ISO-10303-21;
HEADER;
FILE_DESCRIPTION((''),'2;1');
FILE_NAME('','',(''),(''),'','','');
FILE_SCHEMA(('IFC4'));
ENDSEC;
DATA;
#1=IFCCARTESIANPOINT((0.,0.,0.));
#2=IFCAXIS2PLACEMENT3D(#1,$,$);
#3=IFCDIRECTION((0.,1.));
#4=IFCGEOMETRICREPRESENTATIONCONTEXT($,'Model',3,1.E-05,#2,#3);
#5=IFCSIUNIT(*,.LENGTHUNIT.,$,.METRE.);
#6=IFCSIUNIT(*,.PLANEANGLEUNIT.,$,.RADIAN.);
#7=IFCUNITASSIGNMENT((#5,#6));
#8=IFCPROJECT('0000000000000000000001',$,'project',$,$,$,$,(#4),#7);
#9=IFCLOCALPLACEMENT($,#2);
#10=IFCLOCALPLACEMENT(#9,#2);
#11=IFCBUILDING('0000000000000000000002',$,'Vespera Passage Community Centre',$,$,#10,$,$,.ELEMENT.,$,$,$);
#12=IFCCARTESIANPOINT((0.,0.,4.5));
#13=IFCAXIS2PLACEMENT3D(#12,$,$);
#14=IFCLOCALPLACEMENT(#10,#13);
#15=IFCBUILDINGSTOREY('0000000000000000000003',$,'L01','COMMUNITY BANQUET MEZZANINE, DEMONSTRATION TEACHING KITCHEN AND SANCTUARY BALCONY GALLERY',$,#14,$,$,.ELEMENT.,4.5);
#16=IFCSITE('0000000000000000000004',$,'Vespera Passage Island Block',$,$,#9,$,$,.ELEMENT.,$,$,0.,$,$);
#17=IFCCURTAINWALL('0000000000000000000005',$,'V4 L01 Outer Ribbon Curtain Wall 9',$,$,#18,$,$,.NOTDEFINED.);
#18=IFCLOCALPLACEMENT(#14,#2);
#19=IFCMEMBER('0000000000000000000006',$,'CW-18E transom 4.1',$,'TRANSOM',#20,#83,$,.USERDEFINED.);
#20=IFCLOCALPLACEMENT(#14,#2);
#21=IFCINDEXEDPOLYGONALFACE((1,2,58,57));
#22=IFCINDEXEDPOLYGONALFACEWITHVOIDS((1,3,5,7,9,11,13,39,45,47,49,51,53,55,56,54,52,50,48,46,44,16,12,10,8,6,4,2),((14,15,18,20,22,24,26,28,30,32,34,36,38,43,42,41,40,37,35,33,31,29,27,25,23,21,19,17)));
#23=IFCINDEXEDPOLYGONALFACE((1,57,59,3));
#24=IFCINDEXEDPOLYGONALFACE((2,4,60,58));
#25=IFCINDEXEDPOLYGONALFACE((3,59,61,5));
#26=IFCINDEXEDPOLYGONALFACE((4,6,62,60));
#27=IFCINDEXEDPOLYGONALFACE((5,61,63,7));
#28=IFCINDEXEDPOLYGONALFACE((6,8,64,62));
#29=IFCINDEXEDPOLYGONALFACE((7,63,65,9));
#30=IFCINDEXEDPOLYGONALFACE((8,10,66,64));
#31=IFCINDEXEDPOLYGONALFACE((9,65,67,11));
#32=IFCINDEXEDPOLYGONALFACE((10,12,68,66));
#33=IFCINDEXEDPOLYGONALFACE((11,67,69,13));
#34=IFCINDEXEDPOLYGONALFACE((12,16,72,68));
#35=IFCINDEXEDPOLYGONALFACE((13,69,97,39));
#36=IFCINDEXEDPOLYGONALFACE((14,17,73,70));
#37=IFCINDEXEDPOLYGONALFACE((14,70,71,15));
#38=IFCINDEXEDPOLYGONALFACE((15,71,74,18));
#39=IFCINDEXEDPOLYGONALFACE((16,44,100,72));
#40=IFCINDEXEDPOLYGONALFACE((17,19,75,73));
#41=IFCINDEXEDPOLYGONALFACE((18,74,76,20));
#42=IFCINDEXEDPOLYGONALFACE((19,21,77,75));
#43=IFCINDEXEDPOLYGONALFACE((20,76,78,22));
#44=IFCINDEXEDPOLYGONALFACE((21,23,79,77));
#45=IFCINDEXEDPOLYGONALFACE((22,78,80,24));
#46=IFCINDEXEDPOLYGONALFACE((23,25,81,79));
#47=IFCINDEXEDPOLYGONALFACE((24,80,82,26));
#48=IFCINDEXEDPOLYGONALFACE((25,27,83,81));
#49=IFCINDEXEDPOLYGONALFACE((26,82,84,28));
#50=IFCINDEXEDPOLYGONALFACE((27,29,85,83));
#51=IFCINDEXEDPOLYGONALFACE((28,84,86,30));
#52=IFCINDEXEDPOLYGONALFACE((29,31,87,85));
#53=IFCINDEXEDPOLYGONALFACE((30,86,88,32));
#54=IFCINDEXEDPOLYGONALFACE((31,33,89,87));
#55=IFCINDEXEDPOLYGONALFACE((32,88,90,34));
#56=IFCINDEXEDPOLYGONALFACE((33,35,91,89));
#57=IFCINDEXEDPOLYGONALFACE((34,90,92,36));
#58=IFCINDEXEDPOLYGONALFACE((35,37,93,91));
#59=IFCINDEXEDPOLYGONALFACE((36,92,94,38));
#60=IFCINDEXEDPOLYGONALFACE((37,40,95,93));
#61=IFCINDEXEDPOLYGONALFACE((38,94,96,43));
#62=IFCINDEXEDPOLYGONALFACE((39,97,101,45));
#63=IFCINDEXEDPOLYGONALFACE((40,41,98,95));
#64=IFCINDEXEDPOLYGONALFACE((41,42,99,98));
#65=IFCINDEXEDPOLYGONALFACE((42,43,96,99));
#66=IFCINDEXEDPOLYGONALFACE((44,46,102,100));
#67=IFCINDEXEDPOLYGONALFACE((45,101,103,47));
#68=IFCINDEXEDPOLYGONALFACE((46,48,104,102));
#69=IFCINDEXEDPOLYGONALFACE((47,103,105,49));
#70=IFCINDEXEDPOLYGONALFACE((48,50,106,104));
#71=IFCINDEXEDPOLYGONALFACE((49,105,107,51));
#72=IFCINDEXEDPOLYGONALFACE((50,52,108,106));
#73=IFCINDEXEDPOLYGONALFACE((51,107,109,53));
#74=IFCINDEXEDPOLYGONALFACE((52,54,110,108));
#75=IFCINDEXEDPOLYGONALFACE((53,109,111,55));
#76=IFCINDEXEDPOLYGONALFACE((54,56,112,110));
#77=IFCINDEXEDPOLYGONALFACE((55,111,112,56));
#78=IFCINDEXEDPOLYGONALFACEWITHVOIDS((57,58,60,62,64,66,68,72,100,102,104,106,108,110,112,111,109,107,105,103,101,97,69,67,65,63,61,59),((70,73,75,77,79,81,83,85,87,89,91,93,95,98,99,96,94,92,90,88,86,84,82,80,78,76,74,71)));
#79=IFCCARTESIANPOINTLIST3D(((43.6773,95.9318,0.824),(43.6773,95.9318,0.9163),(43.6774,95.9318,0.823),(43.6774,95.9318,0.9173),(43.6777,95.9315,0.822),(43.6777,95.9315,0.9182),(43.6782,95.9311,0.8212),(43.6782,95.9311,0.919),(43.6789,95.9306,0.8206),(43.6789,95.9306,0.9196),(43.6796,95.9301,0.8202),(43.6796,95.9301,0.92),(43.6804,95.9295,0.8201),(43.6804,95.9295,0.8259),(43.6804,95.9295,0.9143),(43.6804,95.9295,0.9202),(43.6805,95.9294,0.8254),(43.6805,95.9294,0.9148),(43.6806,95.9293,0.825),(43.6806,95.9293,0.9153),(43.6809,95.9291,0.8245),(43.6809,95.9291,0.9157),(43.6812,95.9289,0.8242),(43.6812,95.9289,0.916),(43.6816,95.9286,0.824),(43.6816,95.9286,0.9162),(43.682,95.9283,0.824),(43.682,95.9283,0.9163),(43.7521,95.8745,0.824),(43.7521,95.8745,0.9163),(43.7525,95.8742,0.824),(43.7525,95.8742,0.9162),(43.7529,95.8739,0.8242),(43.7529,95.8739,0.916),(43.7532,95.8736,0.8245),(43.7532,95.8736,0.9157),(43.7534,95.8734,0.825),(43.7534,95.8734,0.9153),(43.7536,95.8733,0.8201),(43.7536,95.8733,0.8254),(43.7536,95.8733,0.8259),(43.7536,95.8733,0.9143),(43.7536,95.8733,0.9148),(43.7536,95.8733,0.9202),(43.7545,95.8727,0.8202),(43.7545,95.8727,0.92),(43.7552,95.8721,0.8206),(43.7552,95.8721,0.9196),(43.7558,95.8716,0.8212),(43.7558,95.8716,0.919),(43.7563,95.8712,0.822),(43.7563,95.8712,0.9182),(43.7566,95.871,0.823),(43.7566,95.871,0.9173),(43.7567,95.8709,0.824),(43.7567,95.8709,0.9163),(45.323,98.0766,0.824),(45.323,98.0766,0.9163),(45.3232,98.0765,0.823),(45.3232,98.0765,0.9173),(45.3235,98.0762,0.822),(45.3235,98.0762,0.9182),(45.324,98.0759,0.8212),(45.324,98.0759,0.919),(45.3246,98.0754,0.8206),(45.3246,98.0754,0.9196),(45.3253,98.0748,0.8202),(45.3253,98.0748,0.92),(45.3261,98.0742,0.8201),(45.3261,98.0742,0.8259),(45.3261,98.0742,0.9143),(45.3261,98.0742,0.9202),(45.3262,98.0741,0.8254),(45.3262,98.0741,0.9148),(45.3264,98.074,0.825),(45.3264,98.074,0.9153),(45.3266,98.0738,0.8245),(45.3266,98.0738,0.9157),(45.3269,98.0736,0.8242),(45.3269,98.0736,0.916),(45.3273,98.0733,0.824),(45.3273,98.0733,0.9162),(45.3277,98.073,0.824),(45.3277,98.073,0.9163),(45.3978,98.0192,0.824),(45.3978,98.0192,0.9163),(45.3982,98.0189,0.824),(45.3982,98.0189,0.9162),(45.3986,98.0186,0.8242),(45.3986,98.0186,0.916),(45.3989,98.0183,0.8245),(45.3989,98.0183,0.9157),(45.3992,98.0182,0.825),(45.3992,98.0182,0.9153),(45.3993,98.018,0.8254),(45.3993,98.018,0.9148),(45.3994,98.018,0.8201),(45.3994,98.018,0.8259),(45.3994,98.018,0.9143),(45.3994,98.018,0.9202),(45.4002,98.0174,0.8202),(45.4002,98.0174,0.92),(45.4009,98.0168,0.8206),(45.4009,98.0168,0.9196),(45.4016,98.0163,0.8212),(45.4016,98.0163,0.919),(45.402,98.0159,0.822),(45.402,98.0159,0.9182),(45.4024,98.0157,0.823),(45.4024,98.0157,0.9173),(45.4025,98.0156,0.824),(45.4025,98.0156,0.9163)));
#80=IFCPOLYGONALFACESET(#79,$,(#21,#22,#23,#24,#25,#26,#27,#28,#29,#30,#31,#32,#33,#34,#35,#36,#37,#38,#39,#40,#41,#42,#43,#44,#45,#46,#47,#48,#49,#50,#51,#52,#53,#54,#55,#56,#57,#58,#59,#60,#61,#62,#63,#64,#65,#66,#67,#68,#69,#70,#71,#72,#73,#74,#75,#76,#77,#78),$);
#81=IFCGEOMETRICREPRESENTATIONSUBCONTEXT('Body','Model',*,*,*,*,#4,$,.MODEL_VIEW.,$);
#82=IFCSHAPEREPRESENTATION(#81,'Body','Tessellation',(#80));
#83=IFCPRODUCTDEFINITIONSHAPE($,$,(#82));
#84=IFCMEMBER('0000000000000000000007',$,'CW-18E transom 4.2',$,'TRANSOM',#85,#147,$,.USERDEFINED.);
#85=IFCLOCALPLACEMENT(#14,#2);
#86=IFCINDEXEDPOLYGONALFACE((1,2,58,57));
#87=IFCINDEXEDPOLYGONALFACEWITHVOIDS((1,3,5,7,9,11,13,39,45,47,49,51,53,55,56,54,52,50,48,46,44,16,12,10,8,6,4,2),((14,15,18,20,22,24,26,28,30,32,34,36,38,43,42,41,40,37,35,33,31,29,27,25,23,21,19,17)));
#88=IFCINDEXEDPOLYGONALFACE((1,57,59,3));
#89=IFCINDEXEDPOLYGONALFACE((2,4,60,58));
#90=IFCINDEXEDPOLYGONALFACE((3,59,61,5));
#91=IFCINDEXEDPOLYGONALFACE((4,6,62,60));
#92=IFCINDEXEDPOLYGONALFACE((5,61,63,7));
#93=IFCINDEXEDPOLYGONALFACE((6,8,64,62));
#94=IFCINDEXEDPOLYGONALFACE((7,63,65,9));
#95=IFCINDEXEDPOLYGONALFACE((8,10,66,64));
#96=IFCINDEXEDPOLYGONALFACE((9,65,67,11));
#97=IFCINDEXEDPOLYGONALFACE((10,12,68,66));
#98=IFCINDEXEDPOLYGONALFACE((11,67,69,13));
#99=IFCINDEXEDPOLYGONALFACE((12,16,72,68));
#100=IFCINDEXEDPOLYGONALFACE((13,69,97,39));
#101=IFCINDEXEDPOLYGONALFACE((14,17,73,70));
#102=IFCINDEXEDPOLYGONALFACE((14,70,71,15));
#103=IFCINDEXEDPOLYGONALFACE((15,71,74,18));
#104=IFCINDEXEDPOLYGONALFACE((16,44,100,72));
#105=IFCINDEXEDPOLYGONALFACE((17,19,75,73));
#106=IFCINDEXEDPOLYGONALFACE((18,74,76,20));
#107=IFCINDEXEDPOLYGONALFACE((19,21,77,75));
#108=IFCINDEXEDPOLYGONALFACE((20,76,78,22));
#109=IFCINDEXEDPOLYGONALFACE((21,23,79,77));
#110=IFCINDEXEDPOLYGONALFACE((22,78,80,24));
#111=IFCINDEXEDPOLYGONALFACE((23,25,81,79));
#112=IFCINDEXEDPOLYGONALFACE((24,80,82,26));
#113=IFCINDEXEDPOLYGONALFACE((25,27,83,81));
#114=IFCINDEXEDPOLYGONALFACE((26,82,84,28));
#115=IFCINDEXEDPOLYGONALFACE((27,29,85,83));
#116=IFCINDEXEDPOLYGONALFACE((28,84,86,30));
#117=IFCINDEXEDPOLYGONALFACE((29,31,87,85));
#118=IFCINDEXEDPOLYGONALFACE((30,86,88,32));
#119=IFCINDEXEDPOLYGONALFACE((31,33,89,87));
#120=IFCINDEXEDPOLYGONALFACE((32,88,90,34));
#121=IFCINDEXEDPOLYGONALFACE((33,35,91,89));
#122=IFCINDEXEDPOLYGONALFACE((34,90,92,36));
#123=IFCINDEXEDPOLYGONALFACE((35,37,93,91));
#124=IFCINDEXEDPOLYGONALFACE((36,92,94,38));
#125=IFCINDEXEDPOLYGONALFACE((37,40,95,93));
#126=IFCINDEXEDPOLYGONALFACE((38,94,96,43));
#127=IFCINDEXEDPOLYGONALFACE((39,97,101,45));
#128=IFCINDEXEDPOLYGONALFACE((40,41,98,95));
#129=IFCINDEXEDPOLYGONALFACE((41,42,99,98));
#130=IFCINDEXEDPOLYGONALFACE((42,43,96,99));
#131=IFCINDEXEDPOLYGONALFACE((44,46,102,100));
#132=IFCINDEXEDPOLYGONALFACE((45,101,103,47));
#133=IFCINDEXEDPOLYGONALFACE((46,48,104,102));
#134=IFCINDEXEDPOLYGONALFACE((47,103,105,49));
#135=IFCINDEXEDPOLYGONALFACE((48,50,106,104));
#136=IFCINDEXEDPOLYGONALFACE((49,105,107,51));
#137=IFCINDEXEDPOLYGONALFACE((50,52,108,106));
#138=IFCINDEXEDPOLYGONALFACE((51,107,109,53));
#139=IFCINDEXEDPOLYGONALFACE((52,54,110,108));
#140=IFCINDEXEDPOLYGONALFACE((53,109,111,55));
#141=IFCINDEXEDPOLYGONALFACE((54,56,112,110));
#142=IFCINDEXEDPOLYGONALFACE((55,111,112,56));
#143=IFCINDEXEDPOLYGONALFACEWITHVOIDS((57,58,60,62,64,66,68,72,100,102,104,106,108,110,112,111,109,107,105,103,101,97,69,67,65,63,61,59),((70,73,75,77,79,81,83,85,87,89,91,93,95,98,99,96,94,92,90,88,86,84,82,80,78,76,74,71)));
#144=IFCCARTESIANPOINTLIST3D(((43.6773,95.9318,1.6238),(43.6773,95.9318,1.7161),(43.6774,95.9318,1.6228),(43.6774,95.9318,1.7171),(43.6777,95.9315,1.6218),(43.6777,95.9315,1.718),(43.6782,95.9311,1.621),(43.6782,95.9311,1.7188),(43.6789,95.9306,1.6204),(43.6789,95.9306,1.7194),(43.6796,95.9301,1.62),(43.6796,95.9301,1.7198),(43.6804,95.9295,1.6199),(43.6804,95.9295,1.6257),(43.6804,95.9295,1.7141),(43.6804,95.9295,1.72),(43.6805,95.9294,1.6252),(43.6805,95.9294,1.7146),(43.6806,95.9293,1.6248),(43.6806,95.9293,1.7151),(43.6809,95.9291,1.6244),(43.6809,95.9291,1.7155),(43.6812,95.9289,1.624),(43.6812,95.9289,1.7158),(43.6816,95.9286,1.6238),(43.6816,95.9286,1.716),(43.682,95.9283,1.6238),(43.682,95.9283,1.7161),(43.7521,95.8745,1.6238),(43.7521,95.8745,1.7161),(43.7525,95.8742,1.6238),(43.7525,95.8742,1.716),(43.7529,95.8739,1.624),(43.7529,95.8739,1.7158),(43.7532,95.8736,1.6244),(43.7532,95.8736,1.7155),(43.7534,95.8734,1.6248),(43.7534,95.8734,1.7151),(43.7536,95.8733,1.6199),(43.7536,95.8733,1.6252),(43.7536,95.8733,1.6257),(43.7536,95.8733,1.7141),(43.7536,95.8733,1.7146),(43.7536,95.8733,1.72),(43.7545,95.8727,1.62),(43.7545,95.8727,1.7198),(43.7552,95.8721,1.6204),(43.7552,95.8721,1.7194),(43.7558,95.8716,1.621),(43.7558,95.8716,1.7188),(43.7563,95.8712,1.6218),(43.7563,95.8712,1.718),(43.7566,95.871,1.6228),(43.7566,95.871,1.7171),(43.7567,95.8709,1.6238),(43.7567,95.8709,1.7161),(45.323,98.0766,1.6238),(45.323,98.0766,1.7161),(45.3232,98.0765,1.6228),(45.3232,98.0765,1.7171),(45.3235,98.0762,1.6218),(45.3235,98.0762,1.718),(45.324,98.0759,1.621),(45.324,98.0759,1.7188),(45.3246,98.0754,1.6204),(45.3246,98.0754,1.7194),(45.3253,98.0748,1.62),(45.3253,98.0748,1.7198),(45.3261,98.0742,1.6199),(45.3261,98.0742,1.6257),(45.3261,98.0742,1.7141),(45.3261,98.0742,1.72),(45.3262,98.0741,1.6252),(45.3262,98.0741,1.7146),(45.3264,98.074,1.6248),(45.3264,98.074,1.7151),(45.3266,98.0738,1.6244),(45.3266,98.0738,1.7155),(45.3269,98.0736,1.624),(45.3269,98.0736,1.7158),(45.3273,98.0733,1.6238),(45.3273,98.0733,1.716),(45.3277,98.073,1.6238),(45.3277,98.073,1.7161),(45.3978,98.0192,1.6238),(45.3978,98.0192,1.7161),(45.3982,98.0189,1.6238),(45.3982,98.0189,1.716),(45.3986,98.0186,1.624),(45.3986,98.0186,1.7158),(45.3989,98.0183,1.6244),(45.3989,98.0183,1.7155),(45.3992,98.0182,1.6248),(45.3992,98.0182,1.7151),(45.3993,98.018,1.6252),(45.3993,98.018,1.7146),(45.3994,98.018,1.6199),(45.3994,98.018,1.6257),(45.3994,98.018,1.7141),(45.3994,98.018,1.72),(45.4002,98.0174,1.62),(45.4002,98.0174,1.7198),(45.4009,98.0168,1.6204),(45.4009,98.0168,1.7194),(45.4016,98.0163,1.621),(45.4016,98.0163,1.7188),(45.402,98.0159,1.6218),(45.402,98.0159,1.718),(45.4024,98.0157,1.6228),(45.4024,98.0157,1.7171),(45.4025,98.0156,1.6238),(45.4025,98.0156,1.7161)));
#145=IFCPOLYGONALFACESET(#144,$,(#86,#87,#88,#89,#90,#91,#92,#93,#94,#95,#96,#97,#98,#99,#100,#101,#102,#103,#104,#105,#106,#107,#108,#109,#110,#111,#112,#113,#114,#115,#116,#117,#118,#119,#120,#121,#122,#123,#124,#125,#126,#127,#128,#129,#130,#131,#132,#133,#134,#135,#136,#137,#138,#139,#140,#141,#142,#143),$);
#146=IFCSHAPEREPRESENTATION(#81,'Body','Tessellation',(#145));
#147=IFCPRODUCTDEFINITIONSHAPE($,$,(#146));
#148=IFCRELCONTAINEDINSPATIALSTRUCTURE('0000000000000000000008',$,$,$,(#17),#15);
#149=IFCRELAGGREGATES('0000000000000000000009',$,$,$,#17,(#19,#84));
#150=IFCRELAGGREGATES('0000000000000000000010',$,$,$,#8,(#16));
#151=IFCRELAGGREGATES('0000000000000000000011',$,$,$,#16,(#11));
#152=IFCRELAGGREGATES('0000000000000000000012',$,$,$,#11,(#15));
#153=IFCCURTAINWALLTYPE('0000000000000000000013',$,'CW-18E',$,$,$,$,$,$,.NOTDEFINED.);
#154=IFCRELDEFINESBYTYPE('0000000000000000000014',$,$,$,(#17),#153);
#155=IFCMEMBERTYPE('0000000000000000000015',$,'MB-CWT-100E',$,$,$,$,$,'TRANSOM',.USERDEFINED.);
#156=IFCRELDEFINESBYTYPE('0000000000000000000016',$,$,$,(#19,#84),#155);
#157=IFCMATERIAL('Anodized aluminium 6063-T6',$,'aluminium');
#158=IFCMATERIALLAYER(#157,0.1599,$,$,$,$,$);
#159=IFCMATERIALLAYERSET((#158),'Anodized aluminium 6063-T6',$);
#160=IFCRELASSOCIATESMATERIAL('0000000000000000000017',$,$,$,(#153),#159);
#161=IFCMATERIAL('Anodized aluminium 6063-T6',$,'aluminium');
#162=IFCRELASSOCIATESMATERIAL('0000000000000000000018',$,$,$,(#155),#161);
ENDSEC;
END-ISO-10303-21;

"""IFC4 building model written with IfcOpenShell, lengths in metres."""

from ifc_helpers import new_model, si_unit, direction, frame, origin, origin_2d, place, context, subcontext, project, spatial, hollow_rectangle, extrude, material, layer, layer_set, material_profile, profile_set, type_object, element, aggregate, save


model = new_model("IFC4")

# Units and contexts
model_context = context("Model", 3, precision=1e-05, world=origin(), true_north=direction((0.0, 1.0)))
body_context = subcontext(model_context, "Body", "Model", "MODEL_VIEW")
ifc_project = project(units=[si_unit("LENGTHUNIT", "METRE"), si_unit("PLANEANGLEUNIT", "RADIAN")], contexts=[model_context])

# Site, building, storey
site_placement = place(None, origin())
site = spatial("IfcSite", under=ifc_project, at=site_placement, Name="Vespera Passage Island Block", CompositionType="ELEMENT", RefElevation=0.0)
building_placement = place(site_placement, origin())
building = spatial("IfcBuilding", under=site, at=building_placement, Name="Vespera Passage Community Centre", CompositionType="ELEMENT")
storey_placement = place(building_placement, frame((0.0, 0.0, 4.5)))
storey = spatial("IfcBuildingStorey", under=building, at=storey_placement, Name="L01", Description="COMMUNITY BANQUET MEZZANINE, DEMONSTRATION TEACHING KITCHEN AND SANCTUARY BALCONY GALLERY", CompositionType="ELEMENT", Elevation=4.5)

# Curtain wall
ifc_material_1 = material(Name="Anodized aluminium 6063-T6", Category="aluminium")
ifc_layer_1 = layer(ifc_material_1, 0.1599)
ifc_layer_set_1 = layer_set([ifc_layer_1], Name="Anodized aluminium 6063-T6")
curtain_wall_type_1 = type_object("IfcCurtainWallType", Name="CW-18E", PredefinedType="NOTDEFINED", material=ifc_layer_set_1)
curtain_wall_1_placement = place(storey_placement, origin())
curtain_wall_1 = element("IfcCurtainWall", 1, at=curtain_wall_1_placement, inside=storey, type_object=curtain_wall_type_1, Name="V4 L01 Outer Ribbon Curtain Wall 9", PredefinedType="NOTDEFINED")

# Members
ifc_material_2 = material(Name="Anodized aluminium 6063-T6", Category="aluminium")
ifc_material_profile_1 = material_profile(ifc_material_2, hollow_rectangle(XDim=0.1001, YDim=0.1001, WallThickness=0.0039, InnerFilletRadius=0.002, OuterFilletRadius=0.0039, at=origin_2d()), Name="ALU100X100X4")
ifc_profile_set_1 = profile_set([ifc_material_profile_1], Name="Anodized aluminium 6063-T6")
member_type_1 = type_object("IfcMemberType", Name="MB-CWT-100E", ElementType="TRANSOM", PredefinedType="USERDEFINED", material=ifc_profile_set_1)
member_1_placement = place(storey_placement, frame((43.717, 95.9014, 0.8701), z_axis=(0.608763, 0.793352, 0.0), x_axis=(-0.793352, 0.608763, 0.0)))
member_1 = element("IfcMember", 2, at=member_1_placement, type_object=member_type_1, Name="CW-18E transom 4.1", ObjectType="TRANSOM", PredefinedType="USERDEFINED", context=body_context, shape_type="SweptSolid", body=[
    extrude(hollow_rectangle(XDim=0.1001, YDim=0.1001, WallThickness=0.0039, InnerFilletRadius=0.002, OuterFilletRadius=0.0039, at=origin_2d()), origin(), (0.0, 0.0, 1.0), 2.7034),
])
member_2_placement = place(storey_placement, frame((43.717, 95.9014, 1.6699), z_axis=(0.608763, 0.793352, 0.0), x_axis=(-0.793352, 0.608763, 0.0)))
member_2 = element("IfcMember", 3, at=member_2_placement, type_object=member_type_1, Name="CW-18E transom 4.2", ObjectType="TRANSOM", PredefinedType="USERDEFINED", context=body_context, shape_type="SweptSolid", body=[
    extrude(hollow_rectangle(XDim=0.1001, YDim=0.1001, WallThickness=0.0039, InnerFilletRadius=0.002, OuterFilletRadius=0.0039, at=origin_2d()), origin(), (0.0, 0.0, 1.0), 2.7034),
])

aggregate(curtain_wall_1, [member_1, member_2])

save(model, "model.ifc")
